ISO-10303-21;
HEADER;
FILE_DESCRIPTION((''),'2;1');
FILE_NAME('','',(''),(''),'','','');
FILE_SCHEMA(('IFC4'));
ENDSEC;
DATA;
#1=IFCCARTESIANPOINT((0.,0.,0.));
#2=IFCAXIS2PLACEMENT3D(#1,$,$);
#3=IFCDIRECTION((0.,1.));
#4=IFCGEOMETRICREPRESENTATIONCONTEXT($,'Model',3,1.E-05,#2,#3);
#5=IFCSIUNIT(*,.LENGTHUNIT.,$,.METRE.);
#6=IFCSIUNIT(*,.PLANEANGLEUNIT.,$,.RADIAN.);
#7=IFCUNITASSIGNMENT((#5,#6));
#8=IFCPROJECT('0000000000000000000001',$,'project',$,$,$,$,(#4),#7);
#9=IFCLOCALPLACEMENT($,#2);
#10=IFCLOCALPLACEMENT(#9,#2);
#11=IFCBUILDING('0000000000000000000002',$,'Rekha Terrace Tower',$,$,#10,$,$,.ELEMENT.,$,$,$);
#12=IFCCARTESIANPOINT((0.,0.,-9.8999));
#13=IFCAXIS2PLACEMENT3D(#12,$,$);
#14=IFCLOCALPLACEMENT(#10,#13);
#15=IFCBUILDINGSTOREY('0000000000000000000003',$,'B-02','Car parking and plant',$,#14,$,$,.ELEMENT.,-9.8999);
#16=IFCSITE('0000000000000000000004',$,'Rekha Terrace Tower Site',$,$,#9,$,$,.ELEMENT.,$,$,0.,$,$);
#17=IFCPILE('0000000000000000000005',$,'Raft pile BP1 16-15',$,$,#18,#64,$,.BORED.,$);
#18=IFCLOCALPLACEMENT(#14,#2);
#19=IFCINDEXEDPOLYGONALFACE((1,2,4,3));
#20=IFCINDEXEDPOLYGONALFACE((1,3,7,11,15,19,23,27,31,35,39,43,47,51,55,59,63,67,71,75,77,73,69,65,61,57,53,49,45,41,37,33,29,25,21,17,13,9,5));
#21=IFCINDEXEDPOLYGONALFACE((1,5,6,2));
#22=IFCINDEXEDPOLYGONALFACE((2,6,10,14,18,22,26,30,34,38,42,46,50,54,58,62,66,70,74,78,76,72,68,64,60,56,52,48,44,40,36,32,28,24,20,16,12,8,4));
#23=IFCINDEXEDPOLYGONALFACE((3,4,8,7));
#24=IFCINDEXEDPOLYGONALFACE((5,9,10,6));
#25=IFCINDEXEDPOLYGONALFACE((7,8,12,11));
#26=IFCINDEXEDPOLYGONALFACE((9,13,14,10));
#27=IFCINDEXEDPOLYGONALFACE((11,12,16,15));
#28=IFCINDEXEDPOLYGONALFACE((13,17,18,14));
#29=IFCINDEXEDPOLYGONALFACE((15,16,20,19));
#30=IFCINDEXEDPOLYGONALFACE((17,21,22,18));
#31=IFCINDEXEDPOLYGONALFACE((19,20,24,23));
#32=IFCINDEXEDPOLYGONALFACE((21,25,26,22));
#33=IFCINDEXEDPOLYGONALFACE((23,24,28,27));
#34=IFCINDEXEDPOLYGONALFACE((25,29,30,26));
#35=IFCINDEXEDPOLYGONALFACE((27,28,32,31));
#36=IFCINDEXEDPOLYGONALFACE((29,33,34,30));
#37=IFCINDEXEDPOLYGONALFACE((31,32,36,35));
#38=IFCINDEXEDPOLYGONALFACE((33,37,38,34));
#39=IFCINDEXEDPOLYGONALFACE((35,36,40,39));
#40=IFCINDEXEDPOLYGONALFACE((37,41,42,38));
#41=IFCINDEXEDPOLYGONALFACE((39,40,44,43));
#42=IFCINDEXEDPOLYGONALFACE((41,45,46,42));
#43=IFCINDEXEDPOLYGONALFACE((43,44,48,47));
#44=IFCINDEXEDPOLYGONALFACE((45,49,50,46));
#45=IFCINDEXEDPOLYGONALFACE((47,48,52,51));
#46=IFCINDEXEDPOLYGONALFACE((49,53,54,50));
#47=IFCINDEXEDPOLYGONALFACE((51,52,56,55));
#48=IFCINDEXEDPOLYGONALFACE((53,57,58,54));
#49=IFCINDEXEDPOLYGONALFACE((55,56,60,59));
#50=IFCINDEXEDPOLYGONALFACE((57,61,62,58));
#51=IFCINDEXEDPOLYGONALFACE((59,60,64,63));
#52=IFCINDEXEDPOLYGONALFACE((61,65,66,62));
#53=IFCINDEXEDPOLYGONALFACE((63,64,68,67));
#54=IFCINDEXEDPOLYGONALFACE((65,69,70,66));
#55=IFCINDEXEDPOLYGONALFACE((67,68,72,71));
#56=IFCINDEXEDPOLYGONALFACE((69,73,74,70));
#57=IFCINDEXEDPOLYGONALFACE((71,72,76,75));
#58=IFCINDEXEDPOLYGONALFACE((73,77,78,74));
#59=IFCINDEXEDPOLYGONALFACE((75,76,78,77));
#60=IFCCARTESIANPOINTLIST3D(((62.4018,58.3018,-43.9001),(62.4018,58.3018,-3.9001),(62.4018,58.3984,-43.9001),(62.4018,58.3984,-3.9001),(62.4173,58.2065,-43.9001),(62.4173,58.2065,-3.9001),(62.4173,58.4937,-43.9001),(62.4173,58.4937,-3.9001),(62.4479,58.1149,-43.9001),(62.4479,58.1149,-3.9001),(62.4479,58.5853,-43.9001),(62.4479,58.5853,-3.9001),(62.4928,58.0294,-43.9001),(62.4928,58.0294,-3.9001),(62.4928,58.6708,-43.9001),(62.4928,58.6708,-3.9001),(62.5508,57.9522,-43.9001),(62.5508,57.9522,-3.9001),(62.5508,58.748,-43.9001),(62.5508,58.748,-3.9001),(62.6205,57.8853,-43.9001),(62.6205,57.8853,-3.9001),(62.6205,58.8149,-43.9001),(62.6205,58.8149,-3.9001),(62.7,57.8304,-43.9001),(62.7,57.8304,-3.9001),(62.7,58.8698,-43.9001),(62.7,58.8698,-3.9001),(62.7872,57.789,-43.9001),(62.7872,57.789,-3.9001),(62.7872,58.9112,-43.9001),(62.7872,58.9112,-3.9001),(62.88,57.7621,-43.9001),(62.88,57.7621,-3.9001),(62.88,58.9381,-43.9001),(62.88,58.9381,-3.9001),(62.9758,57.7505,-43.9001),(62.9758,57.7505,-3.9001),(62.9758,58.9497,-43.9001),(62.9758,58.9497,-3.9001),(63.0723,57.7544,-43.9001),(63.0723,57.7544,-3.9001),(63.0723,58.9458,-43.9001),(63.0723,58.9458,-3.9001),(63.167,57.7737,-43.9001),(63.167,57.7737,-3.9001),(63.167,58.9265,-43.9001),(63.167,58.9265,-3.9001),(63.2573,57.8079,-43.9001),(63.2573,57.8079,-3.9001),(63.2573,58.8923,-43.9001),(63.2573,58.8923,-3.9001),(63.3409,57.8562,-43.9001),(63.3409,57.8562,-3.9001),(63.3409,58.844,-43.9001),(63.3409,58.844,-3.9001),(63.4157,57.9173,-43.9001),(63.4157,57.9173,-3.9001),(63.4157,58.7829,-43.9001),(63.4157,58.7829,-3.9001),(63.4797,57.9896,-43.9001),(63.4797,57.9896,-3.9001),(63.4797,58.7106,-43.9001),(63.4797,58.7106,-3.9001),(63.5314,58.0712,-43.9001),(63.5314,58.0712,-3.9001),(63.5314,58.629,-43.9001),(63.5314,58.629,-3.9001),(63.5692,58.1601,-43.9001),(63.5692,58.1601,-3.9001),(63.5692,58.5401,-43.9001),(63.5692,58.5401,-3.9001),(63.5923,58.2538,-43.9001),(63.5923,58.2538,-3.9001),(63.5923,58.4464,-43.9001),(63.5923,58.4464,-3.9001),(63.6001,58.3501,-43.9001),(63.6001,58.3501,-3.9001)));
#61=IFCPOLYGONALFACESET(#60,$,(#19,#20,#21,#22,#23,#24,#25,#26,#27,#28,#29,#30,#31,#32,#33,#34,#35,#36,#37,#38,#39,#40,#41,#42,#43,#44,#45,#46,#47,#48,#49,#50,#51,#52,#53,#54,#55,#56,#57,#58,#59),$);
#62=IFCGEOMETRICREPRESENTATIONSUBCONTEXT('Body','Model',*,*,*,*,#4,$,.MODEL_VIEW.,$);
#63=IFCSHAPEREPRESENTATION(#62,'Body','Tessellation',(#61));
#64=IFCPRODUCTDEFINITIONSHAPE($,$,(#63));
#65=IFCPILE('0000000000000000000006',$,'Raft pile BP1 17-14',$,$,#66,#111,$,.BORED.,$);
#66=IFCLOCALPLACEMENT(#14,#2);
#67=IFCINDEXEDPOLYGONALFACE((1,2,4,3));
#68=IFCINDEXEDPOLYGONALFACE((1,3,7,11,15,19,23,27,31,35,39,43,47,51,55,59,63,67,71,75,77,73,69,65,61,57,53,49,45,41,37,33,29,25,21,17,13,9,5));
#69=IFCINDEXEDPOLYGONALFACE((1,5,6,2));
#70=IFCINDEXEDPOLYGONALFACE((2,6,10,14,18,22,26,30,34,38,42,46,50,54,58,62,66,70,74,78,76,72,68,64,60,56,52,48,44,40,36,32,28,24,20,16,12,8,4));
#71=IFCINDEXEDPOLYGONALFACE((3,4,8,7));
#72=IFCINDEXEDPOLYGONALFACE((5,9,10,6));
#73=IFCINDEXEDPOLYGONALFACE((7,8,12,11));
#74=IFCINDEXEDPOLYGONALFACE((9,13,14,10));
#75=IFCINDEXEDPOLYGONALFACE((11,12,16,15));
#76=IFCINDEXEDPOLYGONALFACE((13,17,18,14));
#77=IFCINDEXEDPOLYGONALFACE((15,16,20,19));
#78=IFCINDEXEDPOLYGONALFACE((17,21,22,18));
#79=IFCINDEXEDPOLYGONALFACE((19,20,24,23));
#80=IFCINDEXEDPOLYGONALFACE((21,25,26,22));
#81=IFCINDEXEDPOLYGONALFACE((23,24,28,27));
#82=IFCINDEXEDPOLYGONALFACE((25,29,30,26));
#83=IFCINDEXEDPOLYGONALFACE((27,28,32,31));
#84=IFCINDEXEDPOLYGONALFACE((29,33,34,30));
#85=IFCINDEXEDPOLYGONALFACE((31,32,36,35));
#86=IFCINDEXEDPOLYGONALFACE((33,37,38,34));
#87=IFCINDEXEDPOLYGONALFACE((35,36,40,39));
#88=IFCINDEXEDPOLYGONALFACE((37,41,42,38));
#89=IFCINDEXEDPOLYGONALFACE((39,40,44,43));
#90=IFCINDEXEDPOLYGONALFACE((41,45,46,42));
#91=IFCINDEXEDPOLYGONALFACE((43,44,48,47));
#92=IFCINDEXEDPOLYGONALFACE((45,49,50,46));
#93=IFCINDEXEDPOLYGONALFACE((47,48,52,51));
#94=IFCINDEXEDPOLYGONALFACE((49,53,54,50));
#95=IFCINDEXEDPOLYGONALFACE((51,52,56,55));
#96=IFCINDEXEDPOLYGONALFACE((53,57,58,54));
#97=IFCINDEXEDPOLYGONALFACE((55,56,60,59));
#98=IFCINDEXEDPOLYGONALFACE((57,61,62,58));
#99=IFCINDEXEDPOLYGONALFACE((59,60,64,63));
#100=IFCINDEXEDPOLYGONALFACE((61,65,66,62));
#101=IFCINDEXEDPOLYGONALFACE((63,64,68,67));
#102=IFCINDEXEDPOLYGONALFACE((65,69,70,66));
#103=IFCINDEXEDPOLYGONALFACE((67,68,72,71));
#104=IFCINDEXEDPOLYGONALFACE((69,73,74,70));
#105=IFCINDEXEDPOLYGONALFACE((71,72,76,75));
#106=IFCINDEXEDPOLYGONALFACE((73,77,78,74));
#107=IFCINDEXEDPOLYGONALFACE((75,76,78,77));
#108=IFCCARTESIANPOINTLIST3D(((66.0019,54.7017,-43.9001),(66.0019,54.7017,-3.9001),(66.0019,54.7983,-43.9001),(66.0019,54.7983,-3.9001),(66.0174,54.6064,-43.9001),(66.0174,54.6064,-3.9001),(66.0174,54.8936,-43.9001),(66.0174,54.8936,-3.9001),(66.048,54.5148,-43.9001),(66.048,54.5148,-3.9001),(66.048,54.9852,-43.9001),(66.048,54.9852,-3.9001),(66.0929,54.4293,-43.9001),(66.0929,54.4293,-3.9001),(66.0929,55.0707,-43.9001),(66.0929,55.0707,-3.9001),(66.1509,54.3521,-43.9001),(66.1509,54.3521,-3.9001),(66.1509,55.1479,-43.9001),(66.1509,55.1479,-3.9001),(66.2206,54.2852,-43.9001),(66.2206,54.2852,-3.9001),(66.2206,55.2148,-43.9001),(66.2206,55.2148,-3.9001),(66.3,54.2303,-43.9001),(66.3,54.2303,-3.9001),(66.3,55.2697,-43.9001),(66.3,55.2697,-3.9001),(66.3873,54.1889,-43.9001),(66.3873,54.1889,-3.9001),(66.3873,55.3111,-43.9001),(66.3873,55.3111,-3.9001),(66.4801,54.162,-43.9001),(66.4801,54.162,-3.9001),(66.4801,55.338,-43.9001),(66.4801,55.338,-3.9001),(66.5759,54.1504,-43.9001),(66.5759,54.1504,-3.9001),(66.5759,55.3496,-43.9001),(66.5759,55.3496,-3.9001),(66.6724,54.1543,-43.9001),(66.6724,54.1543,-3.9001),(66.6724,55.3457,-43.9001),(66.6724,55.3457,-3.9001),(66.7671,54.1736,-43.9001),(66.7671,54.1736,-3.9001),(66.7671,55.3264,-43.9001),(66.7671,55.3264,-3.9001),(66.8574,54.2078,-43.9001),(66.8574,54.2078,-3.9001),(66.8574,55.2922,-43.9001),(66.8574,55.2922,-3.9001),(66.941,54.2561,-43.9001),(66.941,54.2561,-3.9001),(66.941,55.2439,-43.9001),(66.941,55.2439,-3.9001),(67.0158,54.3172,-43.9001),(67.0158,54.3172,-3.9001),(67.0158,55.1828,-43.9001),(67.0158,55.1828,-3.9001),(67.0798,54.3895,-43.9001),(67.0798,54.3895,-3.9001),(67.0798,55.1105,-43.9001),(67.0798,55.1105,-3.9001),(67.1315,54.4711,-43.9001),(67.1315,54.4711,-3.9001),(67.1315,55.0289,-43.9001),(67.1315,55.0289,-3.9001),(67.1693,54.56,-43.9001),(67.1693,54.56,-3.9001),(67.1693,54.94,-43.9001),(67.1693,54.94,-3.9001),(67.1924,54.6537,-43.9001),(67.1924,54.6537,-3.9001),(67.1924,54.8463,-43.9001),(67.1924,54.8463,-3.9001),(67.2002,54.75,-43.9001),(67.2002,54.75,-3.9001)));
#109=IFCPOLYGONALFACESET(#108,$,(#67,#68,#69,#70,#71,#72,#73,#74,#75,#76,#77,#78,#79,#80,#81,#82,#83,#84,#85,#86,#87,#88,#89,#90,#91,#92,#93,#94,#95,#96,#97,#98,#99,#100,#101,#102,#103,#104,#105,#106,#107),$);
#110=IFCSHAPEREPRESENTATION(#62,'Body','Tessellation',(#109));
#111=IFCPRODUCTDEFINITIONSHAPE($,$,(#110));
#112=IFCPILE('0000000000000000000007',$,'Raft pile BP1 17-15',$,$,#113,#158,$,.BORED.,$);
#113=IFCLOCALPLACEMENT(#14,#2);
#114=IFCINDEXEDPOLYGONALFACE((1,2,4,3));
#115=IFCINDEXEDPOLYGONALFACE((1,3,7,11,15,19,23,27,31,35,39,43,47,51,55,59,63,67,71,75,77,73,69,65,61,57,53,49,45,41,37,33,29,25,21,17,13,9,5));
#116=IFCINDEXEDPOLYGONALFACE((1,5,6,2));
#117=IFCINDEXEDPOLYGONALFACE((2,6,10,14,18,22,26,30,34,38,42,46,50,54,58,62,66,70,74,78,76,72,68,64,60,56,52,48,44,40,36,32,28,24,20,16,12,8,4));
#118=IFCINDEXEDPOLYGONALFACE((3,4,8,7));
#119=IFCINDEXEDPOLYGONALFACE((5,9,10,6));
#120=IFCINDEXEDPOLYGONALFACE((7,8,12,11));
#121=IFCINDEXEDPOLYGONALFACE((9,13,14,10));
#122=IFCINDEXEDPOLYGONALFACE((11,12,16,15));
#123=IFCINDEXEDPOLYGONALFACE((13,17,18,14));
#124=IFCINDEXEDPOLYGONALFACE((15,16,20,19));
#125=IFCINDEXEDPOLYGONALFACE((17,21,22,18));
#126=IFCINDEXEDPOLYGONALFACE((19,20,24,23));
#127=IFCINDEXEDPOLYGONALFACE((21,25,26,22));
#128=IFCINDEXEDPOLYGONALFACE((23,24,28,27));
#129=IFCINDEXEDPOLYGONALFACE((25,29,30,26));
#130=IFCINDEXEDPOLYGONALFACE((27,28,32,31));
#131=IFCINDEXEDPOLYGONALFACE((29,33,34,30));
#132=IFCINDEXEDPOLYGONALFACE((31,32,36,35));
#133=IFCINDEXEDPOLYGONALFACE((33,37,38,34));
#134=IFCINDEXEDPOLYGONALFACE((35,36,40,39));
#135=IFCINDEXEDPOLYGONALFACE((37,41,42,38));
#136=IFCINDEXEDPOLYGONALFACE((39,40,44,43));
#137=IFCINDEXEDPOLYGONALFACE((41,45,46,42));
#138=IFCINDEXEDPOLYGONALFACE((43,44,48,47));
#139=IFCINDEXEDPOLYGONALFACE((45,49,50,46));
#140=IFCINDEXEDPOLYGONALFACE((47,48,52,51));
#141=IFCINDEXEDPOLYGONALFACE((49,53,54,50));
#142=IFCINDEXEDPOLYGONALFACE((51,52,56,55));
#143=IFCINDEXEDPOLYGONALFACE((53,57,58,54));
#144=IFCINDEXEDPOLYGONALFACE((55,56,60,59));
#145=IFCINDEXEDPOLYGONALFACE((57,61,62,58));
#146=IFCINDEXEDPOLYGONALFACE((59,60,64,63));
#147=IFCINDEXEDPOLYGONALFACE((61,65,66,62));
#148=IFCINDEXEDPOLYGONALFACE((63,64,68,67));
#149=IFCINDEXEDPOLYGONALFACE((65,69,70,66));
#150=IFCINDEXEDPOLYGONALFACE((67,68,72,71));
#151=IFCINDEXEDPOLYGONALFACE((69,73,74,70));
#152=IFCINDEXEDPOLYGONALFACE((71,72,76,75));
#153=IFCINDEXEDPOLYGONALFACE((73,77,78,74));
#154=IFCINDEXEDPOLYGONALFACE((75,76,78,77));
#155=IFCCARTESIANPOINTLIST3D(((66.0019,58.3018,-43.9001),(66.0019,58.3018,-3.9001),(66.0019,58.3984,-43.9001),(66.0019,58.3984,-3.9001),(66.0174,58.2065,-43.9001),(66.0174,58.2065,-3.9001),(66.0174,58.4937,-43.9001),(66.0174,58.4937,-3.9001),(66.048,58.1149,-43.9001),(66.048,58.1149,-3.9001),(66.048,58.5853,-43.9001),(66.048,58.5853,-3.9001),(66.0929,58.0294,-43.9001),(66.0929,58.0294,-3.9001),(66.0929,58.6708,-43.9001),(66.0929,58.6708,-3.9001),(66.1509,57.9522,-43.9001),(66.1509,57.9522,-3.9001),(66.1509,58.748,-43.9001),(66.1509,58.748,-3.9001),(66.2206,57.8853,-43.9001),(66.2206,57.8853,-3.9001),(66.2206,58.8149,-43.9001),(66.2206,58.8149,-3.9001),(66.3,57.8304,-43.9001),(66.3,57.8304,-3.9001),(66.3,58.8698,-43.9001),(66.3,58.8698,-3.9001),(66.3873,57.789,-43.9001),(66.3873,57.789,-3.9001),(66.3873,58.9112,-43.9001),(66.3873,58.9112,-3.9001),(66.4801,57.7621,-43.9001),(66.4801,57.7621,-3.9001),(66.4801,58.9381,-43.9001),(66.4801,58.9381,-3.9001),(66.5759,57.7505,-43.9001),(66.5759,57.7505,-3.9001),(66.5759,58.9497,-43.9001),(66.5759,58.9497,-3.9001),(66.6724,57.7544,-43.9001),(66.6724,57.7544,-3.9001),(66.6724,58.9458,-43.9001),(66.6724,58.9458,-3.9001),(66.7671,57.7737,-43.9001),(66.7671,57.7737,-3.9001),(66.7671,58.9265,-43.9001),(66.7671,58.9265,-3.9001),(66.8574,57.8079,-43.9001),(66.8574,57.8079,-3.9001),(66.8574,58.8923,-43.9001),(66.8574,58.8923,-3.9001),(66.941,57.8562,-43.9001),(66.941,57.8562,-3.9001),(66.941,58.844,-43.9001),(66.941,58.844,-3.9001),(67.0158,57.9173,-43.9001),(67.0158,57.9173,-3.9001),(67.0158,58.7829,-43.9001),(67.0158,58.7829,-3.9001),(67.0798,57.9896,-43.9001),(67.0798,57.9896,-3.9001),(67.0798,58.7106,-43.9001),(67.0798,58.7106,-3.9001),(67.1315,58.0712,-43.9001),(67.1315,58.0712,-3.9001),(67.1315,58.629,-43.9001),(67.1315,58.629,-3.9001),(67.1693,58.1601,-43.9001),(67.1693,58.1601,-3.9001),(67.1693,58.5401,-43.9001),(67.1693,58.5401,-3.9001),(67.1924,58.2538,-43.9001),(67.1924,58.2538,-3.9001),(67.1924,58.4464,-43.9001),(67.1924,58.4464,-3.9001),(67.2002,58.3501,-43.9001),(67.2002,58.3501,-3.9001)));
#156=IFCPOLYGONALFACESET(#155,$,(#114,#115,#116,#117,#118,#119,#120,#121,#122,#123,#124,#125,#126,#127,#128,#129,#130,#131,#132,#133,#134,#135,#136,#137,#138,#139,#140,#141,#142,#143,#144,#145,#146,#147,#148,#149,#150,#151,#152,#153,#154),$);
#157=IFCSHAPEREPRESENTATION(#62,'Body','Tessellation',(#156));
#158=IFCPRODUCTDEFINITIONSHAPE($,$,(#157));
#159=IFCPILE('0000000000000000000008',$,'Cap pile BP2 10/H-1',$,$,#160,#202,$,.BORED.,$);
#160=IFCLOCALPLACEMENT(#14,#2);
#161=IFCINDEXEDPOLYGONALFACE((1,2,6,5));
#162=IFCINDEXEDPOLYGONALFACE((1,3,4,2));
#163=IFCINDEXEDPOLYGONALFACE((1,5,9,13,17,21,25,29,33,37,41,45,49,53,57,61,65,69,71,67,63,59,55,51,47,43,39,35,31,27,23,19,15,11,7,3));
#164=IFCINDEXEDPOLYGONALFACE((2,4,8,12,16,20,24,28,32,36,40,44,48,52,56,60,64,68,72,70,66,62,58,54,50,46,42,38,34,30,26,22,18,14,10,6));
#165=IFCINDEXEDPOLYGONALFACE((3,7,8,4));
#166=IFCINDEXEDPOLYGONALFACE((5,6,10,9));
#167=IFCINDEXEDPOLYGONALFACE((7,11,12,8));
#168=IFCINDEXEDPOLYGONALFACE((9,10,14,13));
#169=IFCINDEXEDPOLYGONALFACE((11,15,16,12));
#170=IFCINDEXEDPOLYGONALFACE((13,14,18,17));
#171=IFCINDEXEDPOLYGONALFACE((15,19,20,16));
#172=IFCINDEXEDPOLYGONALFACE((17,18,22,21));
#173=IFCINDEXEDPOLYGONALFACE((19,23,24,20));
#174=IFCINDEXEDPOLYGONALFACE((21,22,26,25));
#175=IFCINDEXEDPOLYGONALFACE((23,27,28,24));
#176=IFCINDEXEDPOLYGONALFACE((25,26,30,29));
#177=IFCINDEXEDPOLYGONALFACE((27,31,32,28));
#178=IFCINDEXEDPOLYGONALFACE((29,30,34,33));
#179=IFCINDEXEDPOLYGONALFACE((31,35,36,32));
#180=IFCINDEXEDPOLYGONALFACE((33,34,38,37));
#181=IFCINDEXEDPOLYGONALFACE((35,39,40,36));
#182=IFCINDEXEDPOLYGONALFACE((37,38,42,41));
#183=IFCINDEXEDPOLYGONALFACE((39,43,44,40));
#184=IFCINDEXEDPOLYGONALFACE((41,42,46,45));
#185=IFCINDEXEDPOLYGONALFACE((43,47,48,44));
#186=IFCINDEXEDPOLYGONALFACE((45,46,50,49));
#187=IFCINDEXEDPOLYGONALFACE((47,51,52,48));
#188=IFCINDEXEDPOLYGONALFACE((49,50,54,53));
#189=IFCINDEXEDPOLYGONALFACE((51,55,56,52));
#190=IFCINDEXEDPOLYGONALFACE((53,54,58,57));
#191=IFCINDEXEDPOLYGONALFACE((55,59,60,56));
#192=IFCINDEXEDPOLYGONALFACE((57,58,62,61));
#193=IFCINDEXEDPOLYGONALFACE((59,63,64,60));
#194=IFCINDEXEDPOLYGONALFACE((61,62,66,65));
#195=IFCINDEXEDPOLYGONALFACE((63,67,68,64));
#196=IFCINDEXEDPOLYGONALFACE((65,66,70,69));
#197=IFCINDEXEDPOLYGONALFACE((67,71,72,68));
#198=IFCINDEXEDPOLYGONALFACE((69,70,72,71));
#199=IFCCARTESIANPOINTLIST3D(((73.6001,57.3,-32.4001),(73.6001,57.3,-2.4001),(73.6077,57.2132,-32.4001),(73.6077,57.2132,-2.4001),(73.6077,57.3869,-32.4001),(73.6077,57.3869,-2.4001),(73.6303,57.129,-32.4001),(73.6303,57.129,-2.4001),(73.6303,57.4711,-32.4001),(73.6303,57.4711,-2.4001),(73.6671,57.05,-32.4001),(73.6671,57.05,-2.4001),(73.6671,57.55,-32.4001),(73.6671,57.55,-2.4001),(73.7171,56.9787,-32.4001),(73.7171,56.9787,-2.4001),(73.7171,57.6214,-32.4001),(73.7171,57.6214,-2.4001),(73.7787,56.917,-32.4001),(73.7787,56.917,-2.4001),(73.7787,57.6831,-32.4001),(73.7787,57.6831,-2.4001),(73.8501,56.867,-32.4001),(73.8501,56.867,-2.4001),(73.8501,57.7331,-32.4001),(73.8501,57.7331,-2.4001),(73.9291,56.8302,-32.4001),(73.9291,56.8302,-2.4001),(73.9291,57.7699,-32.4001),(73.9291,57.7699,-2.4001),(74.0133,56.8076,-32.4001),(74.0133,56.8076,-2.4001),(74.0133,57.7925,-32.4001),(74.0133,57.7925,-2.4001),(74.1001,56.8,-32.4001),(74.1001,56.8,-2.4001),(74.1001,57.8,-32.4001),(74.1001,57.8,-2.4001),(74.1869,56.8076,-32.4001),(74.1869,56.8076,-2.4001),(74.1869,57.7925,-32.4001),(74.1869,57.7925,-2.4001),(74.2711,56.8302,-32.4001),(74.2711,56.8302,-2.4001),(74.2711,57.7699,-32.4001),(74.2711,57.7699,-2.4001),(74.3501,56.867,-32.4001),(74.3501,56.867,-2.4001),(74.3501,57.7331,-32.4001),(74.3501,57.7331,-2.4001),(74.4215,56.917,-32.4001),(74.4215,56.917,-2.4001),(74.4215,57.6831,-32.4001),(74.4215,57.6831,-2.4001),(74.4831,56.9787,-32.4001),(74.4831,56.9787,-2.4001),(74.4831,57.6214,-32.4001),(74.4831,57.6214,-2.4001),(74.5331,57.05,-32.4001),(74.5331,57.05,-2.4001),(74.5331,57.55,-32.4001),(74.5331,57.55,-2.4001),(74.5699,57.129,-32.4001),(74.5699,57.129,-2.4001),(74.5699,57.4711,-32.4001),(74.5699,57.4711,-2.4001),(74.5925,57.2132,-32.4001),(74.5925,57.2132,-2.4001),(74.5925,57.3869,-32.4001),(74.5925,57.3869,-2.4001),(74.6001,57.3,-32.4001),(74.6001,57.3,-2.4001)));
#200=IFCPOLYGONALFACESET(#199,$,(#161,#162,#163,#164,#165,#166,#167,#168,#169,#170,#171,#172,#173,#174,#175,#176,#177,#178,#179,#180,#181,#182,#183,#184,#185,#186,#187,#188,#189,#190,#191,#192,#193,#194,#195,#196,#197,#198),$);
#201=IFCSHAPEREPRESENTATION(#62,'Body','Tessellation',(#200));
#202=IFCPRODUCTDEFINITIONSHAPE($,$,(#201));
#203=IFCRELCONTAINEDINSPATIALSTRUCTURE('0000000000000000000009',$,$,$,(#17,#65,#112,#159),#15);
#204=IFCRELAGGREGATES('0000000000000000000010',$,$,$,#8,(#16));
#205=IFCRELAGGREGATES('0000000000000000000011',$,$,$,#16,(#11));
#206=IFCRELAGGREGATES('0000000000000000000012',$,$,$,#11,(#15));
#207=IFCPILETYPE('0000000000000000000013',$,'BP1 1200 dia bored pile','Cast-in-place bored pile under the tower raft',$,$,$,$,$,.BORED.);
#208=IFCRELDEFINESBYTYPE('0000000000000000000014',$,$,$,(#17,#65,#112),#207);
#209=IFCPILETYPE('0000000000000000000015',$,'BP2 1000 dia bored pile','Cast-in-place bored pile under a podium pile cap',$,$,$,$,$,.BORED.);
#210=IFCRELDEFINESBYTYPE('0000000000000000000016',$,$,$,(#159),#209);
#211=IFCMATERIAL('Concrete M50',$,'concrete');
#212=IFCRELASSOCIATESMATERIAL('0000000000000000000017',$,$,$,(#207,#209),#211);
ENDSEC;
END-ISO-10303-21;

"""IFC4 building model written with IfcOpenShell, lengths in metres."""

from ifc_helpers import new_model, si_unit, direction, frame, origin, origin_2d, place, context, subcontext, project, spatial, circle, extrude, material, type_object, element, save


model = new_model("IFC4")

# Units and contexts
model_context = context("Model", 3, precision=1e-05, world=origin(), true_north=direction((0.0, 1.0)))
body_context = subcontext(model_context, "Body", "Model", "MODEL_VIEW")
ifc_project = project(units=[si_unit("LENGTHUNIT", "METRE"), si_unit("PLANEANGLEUNIT", "RADIAN")], contexts=[model_context])

# Site, building, storey
site_placement = place(None, origin())
site = spatial("IfcSite", under=ifc_project, at=site_placement, Name="Rekha Terrace Tower Site", CompositionType="ELEMENT", RefElevation=0.0)
building_placement = place(site_placement, origin())
building = spatial("IfcBuilding", under=site, at=building_placement, Name="Rekha Terrace Tower", CompositionType="ELEMENT")
storey_placement = place(building_placement, frame((0.0, 0.0, -9.8999)))
storey = spatial("IfcBuildingStorey", under=building, at=storey_placement, Name="B-02", Description="Car parking and plant", CompositionType="ELEMENT", Elevation=-9.8999)

# Piles
ifc_material_1 = material(Name="Concrete M50", Category="concrete")
pile_type_1 = type_object("IfcPileType", Name="BP1 1200 dia bored pile", Description="Cast-in-place bored pile under the tower raft", PredefinedType="BORED", material=ifc_material_1)
for number, where, z_axis, x_axis, name in (
    (1, (63.0, 58.3501, -3.9001), (0.0, 0.0, -1.0), (1.0, 0.0, 0.0), "Raft pile BP1 16-15"),
    (2, (66.6001, 54.75, -3.9001), (0.0, 0.0, -1.0), (1.0, 0.0, 0.0), "Raft pile BP1 17-14"),
    (3, (66.6001, 58.3501, -3.9001), (0.0, 0.0, -1.0), (1.0, 0.0, 0.0), "Raft pile BP1 17-15"),
):
    element("IfcPile", number, at=place(storey_placement, frame(where, z_axis=z_axis, x_axis=x_axis)), inside=storey, type_object=pile_type_1, Name=name, PredefinedType="BORED", context=body_context, shape_type="SweptSolid", body=[
        extrude(circle(Radius=0.6001, at=origin_2d()), origin(), (0.0, 0.0, 1.0), 40.0),
    ])
pile_type_2 = type_object("IfcPileType", Name="BP2 1000 dia bored pile", Description="Cast-in-place bored pile under a podium pile cap", PredefinedType="BORED", material=ifc_material_1)
for number, where, z_axis, x_axis, name in (
    (4, (74.1001, 57.3, -2.4001), (0.0, 0.0, -1.0), (1.0, 0.0, 0.0), "Cap pile BP2 10/H-1"),
):
    element("IfcPile", number, at=place(storey_placement, frame(where, z_axis=z_axis, x_axis=x_axis)), inside=storey, type_object=pile_type_2, Name=name, PredefinedType="BORED", context=body_context, shape_type="SweptSolid", body=[
        extrude(circle(Radius=0.5, at=origin_2d()), origin(), (0.0, 0.0, 1.0), 30.0),
    ])

save(model, "model.ifc")
